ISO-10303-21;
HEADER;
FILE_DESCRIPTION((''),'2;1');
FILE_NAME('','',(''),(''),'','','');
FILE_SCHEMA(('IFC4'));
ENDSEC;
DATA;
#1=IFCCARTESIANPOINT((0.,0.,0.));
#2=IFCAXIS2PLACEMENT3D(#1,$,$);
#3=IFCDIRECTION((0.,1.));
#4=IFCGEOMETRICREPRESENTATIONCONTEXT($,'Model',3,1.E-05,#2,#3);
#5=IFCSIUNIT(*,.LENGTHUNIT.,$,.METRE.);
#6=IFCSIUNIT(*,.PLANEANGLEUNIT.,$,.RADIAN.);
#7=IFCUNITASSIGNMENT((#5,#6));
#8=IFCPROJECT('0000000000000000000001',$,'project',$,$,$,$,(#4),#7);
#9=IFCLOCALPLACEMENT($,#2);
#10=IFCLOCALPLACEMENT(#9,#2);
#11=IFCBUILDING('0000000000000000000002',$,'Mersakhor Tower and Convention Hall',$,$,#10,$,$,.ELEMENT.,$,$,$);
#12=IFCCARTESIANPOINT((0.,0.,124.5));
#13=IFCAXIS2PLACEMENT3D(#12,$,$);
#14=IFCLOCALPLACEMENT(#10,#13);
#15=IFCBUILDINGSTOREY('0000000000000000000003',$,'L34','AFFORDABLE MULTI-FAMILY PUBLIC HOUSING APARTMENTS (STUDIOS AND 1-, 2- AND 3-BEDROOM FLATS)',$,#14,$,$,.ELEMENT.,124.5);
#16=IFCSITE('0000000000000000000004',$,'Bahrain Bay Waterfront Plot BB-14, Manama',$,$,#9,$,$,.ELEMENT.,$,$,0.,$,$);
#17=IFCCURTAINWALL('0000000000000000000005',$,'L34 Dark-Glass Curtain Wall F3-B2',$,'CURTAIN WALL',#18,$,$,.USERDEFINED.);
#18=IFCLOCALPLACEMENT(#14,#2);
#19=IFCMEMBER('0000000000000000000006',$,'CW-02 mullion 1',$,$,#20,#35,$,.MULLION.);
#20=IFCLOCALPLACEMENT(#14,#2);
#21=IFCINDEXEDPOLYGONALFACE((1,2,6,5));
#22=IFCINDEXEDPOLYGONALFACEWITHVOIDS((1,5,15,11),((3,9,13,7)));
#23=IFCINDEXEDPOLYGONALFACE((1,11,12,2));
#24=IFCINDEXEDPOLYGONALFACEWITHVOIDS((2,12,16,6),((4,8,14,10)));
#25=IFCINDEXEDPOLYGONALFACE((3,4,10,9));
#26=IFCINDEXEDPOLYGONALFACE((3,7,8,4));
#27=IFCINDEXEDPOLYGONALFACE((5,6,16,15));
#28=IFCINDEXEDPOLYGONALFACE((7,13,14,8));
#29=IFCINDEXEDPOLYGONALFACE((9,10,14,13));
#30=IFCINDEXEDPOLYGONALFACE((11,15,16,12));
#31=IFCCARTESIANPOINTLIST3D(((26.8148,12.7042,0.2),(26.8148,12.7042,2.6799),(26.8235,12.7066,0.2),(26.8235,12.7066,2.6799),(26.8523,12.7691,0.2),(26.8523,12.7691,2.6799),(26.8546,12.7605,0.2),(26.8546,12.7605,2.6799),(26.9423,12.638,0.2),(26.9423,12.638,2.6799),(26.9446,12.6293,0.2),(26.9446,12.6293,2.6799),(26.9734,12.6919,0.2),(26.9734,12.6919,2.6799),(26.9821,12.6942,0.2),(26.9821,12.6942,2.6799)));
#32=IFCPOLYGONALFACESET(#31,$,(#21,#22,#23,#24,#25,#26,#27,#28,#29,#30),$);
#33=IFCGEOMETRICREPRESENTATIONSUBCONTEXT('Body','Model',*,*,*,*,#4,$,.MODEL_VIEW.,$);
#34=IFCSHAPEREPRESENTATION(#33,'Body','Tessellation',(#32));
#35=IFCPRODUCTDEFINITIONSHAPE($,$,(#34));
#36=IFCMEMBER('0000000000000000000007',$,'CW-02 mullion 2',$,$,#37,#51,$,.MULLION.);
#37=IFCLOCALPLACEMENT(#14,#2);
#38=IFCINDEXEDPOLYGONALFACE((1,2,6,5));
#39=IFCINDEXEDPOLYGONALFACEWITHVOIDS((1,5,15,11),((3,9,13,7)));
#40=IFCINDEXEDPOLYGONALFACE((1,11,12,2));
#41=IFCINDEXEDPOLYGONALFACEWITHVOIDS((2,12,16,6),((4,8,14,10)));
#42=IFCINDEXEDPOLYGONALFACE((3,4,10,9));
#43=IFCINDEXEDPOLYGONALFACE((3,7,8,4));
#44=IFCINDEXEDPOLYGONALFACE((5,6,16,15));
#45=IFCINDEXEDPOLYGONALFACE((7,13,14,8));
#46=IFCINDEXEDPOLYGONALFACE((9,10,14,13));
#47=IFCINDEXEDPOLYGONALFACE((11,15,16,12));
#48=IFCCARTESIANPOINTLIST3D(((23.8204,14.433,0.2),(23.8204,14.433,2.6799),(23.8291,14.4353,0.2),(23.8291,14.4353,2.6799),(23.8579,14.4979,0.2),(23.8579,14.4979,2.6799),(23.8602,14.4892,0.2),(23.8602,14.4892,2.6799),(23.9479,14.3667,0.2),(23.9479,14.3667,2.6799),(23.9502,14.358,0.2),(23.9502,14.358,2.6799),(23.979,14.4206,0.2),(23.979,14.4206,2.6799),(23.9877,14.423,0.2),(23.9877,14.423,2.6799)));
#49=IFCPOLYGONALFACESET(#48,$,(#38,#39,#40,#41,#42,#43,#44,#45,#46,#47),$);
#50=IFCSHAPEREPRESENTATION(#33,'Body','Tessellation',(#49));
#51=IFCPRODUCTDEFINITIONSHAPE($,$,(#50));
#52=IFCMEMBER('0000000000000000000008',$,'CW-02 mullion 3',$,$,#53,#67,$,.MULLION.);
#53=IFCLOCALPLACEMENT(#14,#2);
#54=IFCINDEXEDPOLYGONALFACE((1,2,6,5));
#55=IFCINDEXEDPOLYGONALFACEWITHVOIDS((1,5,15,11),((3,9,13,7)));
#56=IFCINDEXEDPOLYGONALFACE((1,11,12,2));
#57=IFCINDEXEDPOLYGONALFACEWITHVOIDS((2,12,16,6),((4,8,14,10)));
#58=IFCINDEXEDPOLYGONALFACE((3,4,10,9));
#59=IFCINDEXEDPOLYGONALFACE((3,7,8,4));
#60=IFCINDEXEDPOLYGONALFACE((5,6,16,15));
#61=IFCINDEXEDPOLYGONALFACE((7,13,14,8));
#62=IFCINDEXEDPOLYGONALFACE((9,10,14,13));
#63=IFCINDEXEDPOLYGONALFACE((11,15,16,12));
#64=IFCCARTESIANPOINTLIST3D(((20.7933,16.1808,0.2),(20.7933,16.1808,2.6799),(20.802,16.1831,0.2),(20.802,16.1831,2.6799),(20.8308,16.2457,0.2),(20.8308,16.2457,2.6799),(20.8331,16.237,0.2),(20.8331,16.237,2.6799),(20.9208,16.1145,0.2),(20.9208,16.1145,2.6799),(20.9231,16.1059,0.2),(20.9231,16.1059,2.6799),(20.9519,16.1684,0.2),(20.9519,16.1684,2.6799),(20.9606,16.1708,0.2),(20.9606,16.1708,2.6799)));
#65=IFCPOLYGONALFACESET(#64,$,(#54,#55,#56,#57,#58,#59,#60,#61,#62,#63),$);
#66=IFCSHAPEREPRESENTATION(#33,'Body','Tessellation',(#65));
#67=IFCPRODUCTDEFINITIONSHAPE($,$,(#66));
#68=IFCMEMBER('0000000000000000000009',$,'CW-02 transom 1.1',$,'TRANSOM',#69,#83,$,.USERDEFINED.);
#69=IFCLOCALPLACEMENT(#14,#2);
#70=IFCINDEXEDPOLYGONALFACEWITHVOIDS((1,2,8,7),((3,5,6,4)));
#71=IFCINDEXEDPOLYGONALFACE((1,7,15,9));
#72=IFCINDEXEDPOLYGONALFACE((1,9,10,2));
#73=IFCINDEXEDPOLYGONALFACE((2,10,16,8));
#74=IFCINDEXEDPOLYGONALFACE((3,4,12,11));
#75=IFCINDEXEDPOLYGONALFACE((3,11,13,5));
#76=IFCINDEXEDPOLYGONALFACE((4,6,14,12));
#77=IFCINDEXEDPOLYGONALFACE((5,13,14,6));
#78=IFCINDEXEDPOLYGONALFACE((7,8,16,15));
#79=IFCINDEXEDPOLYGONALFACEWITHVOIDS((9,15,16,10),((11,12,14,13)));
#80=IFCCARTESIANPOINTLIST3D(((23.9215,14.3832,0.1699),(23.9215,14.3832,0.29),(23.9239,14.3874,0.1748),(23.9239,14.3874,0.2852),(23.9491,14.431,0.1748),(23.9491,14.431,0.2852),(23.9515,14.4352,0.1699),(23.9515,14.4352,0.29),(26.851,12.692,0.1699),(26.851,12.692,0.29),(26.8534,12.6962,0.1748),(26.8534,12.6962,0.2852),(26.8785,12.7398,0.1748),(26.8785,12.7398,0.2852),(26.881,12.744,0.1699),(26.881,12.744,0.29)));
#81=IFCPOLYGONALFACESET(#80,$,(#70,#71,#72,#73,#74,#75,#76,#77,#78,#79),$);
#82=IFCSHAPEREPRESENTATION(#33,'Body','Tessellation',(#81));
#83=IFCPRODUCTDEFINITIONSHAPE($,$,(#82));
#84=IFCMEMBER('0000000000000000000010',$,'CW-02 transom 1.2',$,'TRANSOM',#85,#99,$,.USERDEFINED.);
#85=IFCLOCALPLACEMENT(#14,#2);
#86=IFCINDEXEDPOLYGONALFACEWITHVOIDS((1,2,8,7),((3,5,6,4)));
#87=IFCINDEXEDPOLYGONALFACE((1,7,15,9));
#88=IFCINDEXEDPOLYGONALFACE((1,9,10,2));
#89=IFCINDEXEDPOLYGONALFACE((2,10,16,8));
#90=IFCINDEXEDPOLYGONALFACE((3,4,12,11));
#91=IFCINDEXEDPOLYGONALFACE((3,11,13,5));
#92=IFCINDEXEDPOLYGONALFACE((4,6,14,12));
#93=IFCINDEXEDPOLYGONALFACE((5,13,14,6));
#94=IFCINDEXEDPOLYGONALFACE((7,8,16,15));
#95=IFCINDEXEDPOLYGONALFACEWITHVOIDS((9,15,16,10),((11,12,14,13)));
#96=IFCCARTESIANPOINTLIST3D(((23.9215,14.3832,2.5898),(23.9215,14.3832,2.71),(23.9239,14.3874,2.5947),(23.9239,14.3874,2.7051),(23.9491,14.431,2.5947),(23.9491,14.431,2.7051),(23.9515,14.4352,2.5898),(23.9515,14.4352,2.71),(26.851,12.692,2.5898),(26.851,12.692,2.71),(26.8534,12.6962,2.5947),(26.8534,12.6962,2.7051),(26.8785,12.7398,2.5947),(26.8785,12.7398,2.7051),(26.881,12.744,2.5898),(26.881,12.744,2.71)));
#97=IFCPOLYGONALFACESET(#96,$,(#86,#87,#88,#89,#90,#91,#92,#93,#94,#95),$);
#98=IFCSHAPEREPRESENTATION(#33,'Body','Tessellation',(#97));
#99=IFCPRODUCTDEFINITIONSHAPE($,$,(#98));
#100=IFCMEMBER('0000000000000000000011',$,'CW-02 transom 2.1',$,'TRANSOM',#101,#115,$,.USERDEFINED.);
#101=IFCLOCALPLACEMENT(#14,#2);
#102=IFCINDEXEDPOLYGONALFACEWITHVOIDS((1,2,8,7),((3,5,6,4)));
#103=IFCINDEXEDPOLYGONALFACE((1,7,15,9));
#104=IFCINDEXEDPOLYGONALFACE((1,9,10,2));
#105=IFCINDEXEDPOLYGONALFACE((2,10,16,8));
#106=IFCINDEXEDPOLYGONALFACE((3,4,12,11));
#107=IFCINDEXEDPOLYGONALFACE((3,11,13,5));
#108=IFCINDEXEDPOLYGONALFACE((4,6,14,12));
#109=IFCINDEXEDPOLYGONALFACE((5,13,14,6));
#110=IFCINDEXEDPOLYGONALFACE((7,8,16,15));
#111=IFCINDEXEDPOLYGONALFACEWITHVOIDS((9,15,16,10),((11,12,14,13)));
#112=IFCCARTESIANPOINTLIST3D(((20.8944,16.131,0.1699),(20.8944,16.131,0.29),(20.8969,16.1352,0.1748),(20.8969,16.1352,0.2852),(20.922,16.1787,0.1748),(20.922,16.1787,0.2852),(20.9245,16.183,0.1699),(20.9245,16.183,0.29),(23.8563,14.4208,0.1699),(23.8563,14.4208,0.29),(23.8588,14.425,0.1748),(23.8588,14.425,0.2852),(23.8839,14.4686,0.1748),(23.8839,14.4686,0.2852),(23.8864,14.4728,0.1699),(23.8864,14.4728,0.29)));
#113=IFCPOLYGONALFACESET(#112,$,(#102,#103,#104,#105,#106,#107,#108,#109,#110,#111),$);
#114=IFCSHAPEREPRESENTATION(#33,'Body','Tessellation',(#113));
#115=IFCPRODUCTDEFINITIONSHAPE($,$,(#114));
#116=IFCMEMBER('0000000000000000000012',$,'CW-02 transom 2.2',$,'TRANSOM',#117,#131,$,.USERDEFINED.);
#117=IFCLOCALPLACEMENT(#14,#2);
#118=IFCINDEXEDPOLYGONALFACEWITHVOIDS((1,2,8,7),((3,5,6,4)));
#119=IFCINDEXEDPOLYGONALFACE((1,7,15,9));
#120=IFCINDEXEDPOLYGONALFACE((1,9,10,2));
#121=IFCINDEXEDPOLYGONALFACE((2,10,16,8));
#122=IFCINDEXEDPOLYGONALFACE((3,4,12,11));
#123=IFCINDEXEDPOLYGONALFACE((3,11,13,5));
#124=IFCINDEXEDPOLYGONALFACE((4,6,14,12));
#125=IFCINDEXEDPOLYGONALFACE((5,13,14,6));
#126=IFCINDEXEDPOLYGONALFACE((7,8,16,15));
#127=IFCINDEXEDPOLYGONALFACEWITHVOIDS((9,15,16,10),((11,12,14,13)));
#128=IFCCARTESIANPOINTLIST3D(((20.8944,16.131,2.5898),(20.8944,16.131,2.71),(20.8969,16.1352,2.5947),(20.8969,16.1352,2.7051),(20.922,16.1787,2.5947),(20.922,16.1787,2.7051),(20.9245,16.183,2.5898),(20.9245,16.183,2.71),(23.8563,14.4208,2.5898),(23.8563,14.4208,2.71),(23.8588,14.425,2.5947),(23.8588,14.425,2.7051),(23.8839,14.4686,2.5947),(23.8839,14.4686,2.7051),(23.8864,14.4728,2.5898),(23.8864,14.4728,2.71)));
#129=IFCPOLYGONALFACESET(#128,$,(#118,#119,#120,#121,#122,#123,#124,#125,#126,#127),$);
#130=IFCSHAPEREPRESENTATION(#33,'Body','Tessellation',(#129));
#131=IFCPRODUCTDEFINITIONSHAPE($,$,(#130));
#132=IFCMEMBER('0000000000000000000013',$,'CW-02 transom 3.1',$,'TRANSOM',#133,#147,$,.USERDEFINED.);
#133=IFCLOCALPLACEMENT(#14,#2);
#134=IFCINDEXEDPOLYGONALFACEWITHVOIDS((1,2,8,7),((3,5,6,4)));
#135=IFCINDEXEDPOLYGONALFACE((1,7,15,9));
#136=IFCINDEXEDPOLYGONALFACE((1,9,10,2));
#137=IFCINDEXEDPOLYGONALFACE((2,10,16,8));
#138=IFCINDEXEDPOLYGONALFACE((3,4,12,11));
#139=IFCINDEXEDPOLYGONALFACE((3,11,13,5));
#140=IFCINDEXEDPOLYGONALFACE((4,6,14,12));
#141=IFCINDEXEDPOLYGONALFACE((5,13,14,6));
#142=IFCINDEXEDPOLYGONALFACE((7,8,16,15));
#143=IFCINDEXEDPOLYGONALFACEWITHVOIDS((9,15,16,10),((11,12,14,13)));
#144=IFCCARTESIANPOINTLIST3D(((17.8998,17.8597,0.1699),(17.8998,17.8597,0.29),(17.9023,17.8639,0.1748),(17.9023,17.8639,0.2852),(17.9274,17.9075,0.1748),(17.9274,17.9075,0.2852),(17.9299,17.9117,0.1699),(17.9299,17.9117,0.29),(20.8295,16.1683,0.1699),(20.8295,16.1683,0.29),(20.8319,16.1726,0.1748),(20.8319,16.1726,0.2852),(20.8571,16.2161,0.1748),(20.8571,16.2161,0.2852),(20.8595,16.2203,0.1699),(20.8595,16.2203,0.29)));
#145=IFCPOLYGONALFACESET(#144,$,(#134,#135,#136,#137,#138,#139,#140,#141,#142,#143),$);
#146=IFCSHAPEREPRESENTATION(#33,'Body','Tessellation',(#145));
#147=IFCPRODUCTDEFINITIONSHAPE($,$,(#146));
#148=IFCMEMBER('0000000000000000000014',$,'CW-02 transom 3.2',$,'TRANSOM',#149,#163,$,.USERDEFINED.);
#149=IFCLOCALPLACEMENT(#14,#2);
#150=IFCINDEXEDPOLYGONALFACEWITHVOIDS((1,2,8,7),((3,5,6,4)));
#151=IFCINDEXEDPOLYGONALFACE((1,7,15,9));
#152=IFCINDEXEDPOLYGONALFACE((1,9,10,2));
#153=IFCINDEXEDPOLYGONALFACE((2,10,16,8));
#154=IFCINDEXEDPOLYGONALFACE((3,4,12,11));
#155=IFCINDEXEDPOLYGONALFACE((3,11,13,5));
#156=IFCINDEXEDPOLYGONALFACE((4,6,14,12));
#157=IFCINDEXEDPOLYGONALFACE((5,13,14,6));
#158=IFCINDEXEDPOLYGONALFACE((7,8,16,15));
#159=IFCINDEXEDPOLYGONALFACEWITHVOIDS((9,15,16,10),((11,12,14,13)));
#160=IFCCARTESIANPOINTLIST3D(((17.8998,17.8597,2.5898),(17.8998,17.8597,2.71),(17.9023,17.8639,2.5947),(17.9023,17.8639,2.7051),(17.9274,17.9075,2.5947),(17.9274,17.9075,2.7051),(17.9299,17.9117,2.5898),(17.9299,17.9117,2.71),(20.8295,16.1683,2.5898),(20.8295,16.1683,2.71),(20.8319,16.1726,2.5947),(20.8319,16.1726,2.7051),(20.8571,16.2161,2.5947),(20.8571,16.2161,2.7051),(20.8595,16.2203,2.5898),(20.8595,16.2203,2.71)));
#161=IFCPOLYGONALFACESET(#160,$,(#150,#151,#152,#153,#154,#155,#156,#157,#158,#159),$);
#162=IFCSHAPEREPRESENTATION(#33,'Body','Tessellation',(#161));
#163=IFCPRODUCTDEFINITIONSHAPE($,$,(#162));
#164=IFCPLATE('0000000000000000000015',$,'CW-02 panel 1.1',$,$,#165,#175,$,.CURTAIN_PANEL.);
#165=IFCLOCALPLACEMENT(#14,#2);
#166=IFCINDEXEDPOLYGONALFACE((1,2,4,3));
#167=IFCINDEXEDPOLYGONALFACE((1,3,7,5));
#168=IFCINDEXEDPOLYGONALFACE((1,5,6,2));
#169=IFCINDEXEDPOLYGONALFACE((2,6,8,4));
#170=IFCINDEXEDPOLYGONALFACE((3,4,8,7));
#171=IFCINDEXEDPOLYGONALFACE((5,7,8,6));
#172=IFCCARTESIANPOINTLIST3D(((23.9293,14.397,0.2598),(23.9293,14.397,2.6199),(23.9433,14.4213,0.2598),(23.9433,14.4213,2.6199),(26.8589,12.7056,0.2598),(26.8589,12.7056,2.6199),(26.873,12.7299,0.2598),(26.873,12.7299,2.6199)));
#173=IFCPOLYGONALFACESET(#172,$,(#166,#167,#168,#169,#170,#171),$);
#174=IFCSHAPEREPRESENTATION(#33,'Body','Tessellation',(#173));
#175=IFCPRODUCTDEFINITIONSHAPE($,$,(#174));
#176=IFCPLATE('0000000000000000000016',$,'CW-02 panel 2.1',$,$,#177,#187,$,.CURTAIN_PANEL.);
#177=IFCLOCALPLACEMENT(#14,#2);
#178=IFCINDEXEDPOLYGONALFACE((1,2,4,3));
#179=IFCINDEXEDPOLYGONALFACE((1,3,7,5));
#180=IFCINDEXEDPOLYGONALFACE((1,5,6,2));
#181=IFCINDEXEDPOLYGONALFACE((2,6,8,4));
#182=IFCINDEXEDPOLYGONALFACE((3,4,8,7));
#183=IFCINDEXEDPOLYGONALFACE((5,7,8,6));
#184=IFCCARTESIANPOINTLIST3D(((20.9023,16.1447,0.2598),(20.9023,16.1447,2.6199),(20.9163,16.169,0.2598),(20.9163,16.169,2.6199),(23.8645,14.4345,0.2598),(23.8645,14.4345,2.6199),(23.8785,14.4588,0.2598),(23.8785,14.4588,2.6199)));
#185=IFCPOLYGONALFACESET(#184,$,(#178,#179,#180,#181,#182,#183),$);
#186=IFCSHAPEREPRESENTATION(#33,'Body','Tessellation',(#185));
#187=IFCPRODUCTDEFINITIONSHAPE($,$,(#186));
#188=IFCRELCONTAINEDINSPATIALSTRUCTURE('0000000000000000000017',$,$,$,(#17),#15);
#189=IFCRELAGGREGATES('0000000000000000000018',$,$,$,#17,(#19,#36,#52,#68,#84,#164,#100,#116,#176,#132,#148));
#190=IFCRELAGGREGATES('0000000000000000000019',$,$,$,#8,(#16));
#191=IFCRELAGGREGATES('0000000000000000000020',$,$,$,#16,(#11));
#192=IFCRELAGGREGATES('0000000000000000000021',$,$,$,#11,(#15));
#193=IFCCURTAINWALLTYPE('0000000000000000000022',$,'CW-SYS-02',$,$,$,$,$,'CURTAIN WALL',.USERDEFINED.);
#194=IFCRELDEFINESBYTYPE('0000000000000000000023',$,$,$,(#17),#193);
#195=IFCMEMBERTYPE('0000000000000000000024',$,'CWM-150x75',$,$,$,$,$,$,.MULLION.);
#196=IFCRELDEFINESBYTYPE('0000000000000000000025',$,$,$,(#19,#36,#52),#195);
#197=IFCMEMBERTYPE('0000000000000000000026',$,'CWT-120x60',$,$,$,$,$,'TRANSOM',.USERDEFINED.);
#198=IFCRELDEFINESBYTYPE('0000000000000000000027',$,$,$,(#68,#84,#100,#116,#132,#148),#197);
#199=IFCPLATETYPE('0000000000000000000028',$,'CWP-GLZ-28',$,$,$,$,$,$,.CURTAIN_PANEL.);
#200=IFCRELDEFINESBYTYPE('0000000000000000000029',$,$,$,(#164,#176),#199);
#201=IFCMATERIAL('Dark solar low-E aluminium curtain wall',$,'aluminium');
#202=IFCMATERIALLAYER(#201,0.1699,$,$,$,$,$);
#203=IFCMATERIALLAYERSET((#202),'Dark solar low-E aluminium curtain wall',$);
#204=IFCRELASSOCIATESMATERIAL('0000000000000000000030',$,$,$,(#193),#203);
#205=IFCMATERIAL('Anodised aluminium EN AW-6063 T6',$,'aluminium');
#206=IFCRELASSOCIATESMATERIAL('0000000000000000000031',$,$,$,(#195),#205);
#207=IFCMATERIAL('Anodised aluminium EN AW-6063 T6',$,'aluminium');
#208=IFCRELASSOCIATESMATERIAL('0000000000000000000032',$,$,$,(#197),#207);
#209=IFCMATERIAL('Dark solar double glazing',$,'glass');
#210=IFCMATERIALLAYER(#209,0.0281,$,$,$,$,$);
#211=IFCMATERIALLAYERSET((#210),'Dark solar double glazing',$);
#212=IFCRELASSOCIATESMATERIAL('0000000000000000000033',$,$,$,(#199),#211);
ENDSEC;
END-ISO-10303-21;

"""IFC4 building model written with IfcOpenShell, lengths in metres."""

from ifc_helpers import new_model, si_unit, direction, frame, origin, origin_2d, place, context, subcontext, project, spatial, rectangle, hollow_rectangle, extrude, material, layer, layer_set, material_profile, profile_set, type_object, element, aggregate, save


model = new_model("IFC4")

# Units and contexts
model_context = context("Model", 3, precision=1e-05, world=origin(), true_north=direction((0.0, 1.0)))
body_context = subcontext(model_context, "Body", "Model", "MODEL_VIEW")
ifc_project = project(units=[si_unit("LENGTHUNIT", "METRE"), si_unit("PLANEANGLEUNIT", "RADIAN")], contexts=[model_context])

# Site, building, storey
site_placement = place(None, origin())
site = spatial("IfcSite", under=ifc_project, at=site_placement, Name="Bahrain Bay Waterfront Plot BB-14, Manama", CompositionType="ELEMENT", RefElevation=0.0)
building_placement = place(site_placement, origin())
building = spatial("IfcBuilding", under=site, at=building_placement, Name="Mersakhor Tower and Convention Hall", CompositionType="ELEMENT")
storey_placement = place(building_placement, frame((0.0, 0.0, 124.5)))
storey = spatial("IfcBuildingStorey", under=building, at=storey_placement, Name="L34", Description="AFFORDABLE MULTI-FAMILY PUBLIC HOUSING APARTMENTS (STUDIOS AND 1-, 2- AND 3-BEDROOM FLATS)", CompositionType="ELEMENT", Elevation=124.5)

# Curtain wall, members, plates
ifc_material_1 = material(Name="Dark solar low-E aluminium curtain wall", Category="aluminium")
ifc_layer_1 = layer(ifc_material_1, 0.1699)
ifc_layer_set_1 = layer_set([ifc_layer_1], Name="Dark solar low-E aluminium curtain wall")
curtain_wall_type = type_object("IfcCurtainWallType", Name="CW-SYS-02", ElementType="CURTAIN WALL", PredefinedType="USERDEFINED", material=ifc_layer_set_1)
curtain_wall_placement = place(storey_placement, origin())
curtain_wall = element("IfcCurtainWall", 1, at=curtain_wall_placement, inside=storey, type_object=curtain_wall_type, Name="L34 Dark-Glass Curtain Wall F3-B2", ObjectType="CURTAIN WALL", PredefinedType="USERDEFINED")
ifc_material_2 = material(Name="Anodised aluminium EN AW-6063 T6", Category="aluminium")
ifc_material_profile_1 = material_profile(ifc_material_2, hollow_rectangle(XDim=0.075, YDim=0.1499, WallThickness=0.0063, at=origin_2d()), Name="RHS 150x75x6.3")
ifc_profile_set_1 = profile_set([ifc_material_profile_1], Name="Anodised aluminium EN AW-6063 T6")
member_type_1 = type_object("IfcMemberType", Name="CWM-150x75", PredefinedType="MULLION", material=ifc_profile_set_1)
member_1_placement = place(storey_placement, frame((26.8984, 12.6992, 0.2), z_axis=(0.0, 0.0, 1.0), x_axis=(-0.49999, -0.866031, 0.0)))
member_1 = element("IfcMember", 2, at=member_1_placement, type_object=member_type_1, Name="CW-02 mullion 1", PredefinedType="MULLION", context=body_context, shape_type="SweptSolid", body=[
    extrude(hollow_rectangle(XDim=0.075, YDim=0.1499, WallThickness=0.0063, at=origin_2d()), origin(), (0.0, 0.0, 1.0), 2.48),
])
member_2_placement = place(storey_placement, frame((23.9041, 14.428, 0.2), z_axis=(0.0, 0.0, 1.0), x_axis=(-0.49999, -0.866031, 0.0)))
member_2 = element("IfcMember", 3, at=member_2_placement, type_object=member_type_1, Name="CW-02 mullion 2", PredefinedType="MULLION", context=body_context, shape_type="SweptSolid", body=[
    extrude(hollow_rectangle(XDim=0.075, YDim=0.1499, WallThickness=0.0063, at=origin_2d()), origin(), (0.0, 0.0, 1.0), 2.48),
])
member_3_placement = place(storey_placement, frame((20.877, 16.1758, 0.2), z_axis=(0.0, 0.0, 1.0), x_axis=(-0.49999, -0.866031, 0.0)))
member_3 = element("IfcMember", 4, at=member_3_placement, type_object=member_type_1, Name="CW-02 mullion 3", PredefinedType="MULLION", context=body_context, shape_type="SweptSolid", body=[
    extrude(hollow_rectangle(XDim=0.075, YDim=0.1499, WallThickness=0.0063, at=origin_2d()), origin(), (0.0, 0.0, 1.0), 2.48),
])
ifc_material_3 = material(Name="Anodised aluminium EN AW-6063 T6", Category="aluminium")
ifc_material_profile_2 = material_profile(ifc_material_3, hollow_rectangle(XDim=0.0601, YDim=0.1201, WallThickness=0.0049, at=origin_2d()), Name="RHS 120x60x5")
ifc_profile_set_2 = profile_set([ifc_material_profile_2], Name="Anodised aluminium EN AW-6063 T6")
member_type_2 = type_object("IfcMemberType", Name="CWT-120x60", ElementType="TRANSOM", PredefinedType="USERDEFINED", material=ifc_profile_set_2)
member_4_placement = place(storey_placement, frame((26.866, 12.718, 0.23), z_axis=(-0.866045, 0.499966, 0.0), x_axis=(-0.499966, -0.866045, 0.0)))
member_4 = element("IfcMember", 5, at=member_4_placement, type_object=member_type_2, Name="CW-02 transom 1.1", ObjectType="TRANSOM", PredefinedType="USERDEFINED", context=body_context, shape_type="SweptSolid", body=[
    extrude(hollow_rectangle(XDim=0.0601, YDim=0.1201, WallThickness=0.0049, at=origin_2d()), origin(), (0.0, 0.0, 1.0), 3.3826),
])
member_5_placement = place(storey_placement, frame((26.866, 12.718, 2.6499), z_axis=(-0.866045, 0.499966, 0.0), x_axis=(-0.499966, -0.866045, 0.0)))
member_5 = element("IfcMember", 6, at=member_5_placement, type_object=member_type_2, Name="CW-02 transom 1.2", ObjectType="TRANSOM", PredefinedType="USERDEFINED", context=body_context, shape_type="SweptSolid", body=[
    extrude(hollow_rectangle(XDim=0.0601, YDim=0.1201, WallThickness=0.0049, at=origin_2d()), origin(), (0.0, 0.0, 1.0), 3.3826),
])
member_6_placement = place(storey_placement, frame((23.8713, 14.4468, 0.23), z_axis=(-0.866007, 0.500031, 0.0), x_axis=(-0.500031, -0.866007, 0.0)))
member_6 = element("IfcMember", 7, at=member_6_placement, type_object=member_type_2, Name="CW-02 transom 2.1", ObjectType="TRANSOM", PredefinedType="USERDEFINED", context=body_context, shape_type="SweptSolid", body=[
    extrude(hollow_rectangle(XDim=0.0601, YDim=0.1201, WallThickness=0.0049, at=origin_2d()), origin(), (0.0, 0.0, 1.0), 3.4202),
])
member_7_placement = place(storey_placement, frame((23.8713, 14.4468, 2.6499), z_axis=(-0.866007, 0.500031, 0.0), x_axis=(-0.500031, -0.866007, 0.0)))
member_7 = element("IfcMember", 8, at=member_7_placement, type_object=member_type_2, Name="CW-02 transom 2.2", ObjectType="TRANSOM", PredefinedType="USERDEFINED", context=body_context, shape_type="SweptSolid", body=[
    extrude(hollow_rectangle(XDim=0.0601, YDim=0.1201, WallThickness=0.0049, at=origin_2d()), origin(), (0.0, 0.0, 1.0), 3.4202),
])
member_8_placement = place(storey_placement, frame((20.8445, 16.1943, 0.23), z_axis=(-0.866032, 0.499989, 0.0), x_axis=(-0.499989, -0.866032, 0.0)))
member_8 = element("IfcMember", 9, at=member_8_placement, type_object=member_type_2, Name="CW-02 transom 3.1", ObjectType="TRANSOM", PredefinedType="USERDEFINED", context=body_context, shape_type="SweptSolid", body=[
    extrude(hollow_rectangle(XDim=0.0601, YDim=0.1201, WallThickness=0.0049, at=origin_2d()), origin(), (0.0, 0.0, 1.0), 3.3828),
])
member_9_placement = place(storey_placement, frame((20.8445, 16.1943, 2.6499), z_axis=(-0.866032, 0.499989, 0.0), x_axis=(-0.499989, -0.866032, 0.0)))
member_9 = element("IfcMember", 10, at=member_9_placement, type_object=member_type_2, Name="CW-02 transom 3.2", ObjectType="TRANSOM", PredefinedType="USERDEFINED", context=body_context, shape_type="SweptSolid", body=[
    extrude(hollow_rectangle(XDim=0.0601, YDim=0.1201, WallThickness=0.0049, at=origin_2d()), origin(), (0.0, 0.0, 1.0), 3.3828),
])
ifc_material_4 = material(Name="Dark solar double glazing", Category="glass")
ifc_layer_2 = layer(ifc_material_4, 0.0281)
ifc_layer_set_2 = layer_set([ifc_layer_2], Name="Dark solar double glazing")
plate_type_1 = type_object("IfcPlateType", Name="CWP-GLZ-28", PredefinedType="CURTAIN_PANEL", material=ifc_layer_set_2)
plate_1_placement = place(storey_placement, frame((25.4011, 13.5635, 0.2598), z_axis=(0.0, 0.0, 1.0), x_axis=(-0.866031, 0.49999, 0.0)))
plate_1 = element("IfcPlate", 11, at=plate_1_placement, type_object=plate_type_1, Name="CW-02 panel 1.1", PredefinedType="CURTAIN_PANEL", context=body_context, shape_type="SweptSolid", body=[
    extrude(rectangle(XDim=3.3828, YDim=0.0281, at=origin_2d()), origin(), (0.0, 0.0, 1.0), 2.3601),
])
plate_2_placement = place(storey_placement, frame((22.3904, 15.3018, 0.2598), z_axis=(0.0, 0.0, 1.0), x_axis=(-0.866031, 0.49999, 0.0)))
plate_2 = element("IfcPlate", 12, at=plate_2_placement, type_object=plate_type_1, Name="CW-02 panel 2.1", PredefinedType="CURTAIN_PANEL", context=body_context, shape_type="SweptSolid", body=[
    extrude(rectangle(XDim=3.4204, YDim=0.0281, at=origin_2d()), origin(), (0.0, 0.0, 1.0), 2.3601),
])
aggregate(curtain_wall, [member_1, member_2, member_3, member_4, member_5, plate_1, member_6, member_7, plate_2, member_8, member_9])

save(model, "model.ifc")
